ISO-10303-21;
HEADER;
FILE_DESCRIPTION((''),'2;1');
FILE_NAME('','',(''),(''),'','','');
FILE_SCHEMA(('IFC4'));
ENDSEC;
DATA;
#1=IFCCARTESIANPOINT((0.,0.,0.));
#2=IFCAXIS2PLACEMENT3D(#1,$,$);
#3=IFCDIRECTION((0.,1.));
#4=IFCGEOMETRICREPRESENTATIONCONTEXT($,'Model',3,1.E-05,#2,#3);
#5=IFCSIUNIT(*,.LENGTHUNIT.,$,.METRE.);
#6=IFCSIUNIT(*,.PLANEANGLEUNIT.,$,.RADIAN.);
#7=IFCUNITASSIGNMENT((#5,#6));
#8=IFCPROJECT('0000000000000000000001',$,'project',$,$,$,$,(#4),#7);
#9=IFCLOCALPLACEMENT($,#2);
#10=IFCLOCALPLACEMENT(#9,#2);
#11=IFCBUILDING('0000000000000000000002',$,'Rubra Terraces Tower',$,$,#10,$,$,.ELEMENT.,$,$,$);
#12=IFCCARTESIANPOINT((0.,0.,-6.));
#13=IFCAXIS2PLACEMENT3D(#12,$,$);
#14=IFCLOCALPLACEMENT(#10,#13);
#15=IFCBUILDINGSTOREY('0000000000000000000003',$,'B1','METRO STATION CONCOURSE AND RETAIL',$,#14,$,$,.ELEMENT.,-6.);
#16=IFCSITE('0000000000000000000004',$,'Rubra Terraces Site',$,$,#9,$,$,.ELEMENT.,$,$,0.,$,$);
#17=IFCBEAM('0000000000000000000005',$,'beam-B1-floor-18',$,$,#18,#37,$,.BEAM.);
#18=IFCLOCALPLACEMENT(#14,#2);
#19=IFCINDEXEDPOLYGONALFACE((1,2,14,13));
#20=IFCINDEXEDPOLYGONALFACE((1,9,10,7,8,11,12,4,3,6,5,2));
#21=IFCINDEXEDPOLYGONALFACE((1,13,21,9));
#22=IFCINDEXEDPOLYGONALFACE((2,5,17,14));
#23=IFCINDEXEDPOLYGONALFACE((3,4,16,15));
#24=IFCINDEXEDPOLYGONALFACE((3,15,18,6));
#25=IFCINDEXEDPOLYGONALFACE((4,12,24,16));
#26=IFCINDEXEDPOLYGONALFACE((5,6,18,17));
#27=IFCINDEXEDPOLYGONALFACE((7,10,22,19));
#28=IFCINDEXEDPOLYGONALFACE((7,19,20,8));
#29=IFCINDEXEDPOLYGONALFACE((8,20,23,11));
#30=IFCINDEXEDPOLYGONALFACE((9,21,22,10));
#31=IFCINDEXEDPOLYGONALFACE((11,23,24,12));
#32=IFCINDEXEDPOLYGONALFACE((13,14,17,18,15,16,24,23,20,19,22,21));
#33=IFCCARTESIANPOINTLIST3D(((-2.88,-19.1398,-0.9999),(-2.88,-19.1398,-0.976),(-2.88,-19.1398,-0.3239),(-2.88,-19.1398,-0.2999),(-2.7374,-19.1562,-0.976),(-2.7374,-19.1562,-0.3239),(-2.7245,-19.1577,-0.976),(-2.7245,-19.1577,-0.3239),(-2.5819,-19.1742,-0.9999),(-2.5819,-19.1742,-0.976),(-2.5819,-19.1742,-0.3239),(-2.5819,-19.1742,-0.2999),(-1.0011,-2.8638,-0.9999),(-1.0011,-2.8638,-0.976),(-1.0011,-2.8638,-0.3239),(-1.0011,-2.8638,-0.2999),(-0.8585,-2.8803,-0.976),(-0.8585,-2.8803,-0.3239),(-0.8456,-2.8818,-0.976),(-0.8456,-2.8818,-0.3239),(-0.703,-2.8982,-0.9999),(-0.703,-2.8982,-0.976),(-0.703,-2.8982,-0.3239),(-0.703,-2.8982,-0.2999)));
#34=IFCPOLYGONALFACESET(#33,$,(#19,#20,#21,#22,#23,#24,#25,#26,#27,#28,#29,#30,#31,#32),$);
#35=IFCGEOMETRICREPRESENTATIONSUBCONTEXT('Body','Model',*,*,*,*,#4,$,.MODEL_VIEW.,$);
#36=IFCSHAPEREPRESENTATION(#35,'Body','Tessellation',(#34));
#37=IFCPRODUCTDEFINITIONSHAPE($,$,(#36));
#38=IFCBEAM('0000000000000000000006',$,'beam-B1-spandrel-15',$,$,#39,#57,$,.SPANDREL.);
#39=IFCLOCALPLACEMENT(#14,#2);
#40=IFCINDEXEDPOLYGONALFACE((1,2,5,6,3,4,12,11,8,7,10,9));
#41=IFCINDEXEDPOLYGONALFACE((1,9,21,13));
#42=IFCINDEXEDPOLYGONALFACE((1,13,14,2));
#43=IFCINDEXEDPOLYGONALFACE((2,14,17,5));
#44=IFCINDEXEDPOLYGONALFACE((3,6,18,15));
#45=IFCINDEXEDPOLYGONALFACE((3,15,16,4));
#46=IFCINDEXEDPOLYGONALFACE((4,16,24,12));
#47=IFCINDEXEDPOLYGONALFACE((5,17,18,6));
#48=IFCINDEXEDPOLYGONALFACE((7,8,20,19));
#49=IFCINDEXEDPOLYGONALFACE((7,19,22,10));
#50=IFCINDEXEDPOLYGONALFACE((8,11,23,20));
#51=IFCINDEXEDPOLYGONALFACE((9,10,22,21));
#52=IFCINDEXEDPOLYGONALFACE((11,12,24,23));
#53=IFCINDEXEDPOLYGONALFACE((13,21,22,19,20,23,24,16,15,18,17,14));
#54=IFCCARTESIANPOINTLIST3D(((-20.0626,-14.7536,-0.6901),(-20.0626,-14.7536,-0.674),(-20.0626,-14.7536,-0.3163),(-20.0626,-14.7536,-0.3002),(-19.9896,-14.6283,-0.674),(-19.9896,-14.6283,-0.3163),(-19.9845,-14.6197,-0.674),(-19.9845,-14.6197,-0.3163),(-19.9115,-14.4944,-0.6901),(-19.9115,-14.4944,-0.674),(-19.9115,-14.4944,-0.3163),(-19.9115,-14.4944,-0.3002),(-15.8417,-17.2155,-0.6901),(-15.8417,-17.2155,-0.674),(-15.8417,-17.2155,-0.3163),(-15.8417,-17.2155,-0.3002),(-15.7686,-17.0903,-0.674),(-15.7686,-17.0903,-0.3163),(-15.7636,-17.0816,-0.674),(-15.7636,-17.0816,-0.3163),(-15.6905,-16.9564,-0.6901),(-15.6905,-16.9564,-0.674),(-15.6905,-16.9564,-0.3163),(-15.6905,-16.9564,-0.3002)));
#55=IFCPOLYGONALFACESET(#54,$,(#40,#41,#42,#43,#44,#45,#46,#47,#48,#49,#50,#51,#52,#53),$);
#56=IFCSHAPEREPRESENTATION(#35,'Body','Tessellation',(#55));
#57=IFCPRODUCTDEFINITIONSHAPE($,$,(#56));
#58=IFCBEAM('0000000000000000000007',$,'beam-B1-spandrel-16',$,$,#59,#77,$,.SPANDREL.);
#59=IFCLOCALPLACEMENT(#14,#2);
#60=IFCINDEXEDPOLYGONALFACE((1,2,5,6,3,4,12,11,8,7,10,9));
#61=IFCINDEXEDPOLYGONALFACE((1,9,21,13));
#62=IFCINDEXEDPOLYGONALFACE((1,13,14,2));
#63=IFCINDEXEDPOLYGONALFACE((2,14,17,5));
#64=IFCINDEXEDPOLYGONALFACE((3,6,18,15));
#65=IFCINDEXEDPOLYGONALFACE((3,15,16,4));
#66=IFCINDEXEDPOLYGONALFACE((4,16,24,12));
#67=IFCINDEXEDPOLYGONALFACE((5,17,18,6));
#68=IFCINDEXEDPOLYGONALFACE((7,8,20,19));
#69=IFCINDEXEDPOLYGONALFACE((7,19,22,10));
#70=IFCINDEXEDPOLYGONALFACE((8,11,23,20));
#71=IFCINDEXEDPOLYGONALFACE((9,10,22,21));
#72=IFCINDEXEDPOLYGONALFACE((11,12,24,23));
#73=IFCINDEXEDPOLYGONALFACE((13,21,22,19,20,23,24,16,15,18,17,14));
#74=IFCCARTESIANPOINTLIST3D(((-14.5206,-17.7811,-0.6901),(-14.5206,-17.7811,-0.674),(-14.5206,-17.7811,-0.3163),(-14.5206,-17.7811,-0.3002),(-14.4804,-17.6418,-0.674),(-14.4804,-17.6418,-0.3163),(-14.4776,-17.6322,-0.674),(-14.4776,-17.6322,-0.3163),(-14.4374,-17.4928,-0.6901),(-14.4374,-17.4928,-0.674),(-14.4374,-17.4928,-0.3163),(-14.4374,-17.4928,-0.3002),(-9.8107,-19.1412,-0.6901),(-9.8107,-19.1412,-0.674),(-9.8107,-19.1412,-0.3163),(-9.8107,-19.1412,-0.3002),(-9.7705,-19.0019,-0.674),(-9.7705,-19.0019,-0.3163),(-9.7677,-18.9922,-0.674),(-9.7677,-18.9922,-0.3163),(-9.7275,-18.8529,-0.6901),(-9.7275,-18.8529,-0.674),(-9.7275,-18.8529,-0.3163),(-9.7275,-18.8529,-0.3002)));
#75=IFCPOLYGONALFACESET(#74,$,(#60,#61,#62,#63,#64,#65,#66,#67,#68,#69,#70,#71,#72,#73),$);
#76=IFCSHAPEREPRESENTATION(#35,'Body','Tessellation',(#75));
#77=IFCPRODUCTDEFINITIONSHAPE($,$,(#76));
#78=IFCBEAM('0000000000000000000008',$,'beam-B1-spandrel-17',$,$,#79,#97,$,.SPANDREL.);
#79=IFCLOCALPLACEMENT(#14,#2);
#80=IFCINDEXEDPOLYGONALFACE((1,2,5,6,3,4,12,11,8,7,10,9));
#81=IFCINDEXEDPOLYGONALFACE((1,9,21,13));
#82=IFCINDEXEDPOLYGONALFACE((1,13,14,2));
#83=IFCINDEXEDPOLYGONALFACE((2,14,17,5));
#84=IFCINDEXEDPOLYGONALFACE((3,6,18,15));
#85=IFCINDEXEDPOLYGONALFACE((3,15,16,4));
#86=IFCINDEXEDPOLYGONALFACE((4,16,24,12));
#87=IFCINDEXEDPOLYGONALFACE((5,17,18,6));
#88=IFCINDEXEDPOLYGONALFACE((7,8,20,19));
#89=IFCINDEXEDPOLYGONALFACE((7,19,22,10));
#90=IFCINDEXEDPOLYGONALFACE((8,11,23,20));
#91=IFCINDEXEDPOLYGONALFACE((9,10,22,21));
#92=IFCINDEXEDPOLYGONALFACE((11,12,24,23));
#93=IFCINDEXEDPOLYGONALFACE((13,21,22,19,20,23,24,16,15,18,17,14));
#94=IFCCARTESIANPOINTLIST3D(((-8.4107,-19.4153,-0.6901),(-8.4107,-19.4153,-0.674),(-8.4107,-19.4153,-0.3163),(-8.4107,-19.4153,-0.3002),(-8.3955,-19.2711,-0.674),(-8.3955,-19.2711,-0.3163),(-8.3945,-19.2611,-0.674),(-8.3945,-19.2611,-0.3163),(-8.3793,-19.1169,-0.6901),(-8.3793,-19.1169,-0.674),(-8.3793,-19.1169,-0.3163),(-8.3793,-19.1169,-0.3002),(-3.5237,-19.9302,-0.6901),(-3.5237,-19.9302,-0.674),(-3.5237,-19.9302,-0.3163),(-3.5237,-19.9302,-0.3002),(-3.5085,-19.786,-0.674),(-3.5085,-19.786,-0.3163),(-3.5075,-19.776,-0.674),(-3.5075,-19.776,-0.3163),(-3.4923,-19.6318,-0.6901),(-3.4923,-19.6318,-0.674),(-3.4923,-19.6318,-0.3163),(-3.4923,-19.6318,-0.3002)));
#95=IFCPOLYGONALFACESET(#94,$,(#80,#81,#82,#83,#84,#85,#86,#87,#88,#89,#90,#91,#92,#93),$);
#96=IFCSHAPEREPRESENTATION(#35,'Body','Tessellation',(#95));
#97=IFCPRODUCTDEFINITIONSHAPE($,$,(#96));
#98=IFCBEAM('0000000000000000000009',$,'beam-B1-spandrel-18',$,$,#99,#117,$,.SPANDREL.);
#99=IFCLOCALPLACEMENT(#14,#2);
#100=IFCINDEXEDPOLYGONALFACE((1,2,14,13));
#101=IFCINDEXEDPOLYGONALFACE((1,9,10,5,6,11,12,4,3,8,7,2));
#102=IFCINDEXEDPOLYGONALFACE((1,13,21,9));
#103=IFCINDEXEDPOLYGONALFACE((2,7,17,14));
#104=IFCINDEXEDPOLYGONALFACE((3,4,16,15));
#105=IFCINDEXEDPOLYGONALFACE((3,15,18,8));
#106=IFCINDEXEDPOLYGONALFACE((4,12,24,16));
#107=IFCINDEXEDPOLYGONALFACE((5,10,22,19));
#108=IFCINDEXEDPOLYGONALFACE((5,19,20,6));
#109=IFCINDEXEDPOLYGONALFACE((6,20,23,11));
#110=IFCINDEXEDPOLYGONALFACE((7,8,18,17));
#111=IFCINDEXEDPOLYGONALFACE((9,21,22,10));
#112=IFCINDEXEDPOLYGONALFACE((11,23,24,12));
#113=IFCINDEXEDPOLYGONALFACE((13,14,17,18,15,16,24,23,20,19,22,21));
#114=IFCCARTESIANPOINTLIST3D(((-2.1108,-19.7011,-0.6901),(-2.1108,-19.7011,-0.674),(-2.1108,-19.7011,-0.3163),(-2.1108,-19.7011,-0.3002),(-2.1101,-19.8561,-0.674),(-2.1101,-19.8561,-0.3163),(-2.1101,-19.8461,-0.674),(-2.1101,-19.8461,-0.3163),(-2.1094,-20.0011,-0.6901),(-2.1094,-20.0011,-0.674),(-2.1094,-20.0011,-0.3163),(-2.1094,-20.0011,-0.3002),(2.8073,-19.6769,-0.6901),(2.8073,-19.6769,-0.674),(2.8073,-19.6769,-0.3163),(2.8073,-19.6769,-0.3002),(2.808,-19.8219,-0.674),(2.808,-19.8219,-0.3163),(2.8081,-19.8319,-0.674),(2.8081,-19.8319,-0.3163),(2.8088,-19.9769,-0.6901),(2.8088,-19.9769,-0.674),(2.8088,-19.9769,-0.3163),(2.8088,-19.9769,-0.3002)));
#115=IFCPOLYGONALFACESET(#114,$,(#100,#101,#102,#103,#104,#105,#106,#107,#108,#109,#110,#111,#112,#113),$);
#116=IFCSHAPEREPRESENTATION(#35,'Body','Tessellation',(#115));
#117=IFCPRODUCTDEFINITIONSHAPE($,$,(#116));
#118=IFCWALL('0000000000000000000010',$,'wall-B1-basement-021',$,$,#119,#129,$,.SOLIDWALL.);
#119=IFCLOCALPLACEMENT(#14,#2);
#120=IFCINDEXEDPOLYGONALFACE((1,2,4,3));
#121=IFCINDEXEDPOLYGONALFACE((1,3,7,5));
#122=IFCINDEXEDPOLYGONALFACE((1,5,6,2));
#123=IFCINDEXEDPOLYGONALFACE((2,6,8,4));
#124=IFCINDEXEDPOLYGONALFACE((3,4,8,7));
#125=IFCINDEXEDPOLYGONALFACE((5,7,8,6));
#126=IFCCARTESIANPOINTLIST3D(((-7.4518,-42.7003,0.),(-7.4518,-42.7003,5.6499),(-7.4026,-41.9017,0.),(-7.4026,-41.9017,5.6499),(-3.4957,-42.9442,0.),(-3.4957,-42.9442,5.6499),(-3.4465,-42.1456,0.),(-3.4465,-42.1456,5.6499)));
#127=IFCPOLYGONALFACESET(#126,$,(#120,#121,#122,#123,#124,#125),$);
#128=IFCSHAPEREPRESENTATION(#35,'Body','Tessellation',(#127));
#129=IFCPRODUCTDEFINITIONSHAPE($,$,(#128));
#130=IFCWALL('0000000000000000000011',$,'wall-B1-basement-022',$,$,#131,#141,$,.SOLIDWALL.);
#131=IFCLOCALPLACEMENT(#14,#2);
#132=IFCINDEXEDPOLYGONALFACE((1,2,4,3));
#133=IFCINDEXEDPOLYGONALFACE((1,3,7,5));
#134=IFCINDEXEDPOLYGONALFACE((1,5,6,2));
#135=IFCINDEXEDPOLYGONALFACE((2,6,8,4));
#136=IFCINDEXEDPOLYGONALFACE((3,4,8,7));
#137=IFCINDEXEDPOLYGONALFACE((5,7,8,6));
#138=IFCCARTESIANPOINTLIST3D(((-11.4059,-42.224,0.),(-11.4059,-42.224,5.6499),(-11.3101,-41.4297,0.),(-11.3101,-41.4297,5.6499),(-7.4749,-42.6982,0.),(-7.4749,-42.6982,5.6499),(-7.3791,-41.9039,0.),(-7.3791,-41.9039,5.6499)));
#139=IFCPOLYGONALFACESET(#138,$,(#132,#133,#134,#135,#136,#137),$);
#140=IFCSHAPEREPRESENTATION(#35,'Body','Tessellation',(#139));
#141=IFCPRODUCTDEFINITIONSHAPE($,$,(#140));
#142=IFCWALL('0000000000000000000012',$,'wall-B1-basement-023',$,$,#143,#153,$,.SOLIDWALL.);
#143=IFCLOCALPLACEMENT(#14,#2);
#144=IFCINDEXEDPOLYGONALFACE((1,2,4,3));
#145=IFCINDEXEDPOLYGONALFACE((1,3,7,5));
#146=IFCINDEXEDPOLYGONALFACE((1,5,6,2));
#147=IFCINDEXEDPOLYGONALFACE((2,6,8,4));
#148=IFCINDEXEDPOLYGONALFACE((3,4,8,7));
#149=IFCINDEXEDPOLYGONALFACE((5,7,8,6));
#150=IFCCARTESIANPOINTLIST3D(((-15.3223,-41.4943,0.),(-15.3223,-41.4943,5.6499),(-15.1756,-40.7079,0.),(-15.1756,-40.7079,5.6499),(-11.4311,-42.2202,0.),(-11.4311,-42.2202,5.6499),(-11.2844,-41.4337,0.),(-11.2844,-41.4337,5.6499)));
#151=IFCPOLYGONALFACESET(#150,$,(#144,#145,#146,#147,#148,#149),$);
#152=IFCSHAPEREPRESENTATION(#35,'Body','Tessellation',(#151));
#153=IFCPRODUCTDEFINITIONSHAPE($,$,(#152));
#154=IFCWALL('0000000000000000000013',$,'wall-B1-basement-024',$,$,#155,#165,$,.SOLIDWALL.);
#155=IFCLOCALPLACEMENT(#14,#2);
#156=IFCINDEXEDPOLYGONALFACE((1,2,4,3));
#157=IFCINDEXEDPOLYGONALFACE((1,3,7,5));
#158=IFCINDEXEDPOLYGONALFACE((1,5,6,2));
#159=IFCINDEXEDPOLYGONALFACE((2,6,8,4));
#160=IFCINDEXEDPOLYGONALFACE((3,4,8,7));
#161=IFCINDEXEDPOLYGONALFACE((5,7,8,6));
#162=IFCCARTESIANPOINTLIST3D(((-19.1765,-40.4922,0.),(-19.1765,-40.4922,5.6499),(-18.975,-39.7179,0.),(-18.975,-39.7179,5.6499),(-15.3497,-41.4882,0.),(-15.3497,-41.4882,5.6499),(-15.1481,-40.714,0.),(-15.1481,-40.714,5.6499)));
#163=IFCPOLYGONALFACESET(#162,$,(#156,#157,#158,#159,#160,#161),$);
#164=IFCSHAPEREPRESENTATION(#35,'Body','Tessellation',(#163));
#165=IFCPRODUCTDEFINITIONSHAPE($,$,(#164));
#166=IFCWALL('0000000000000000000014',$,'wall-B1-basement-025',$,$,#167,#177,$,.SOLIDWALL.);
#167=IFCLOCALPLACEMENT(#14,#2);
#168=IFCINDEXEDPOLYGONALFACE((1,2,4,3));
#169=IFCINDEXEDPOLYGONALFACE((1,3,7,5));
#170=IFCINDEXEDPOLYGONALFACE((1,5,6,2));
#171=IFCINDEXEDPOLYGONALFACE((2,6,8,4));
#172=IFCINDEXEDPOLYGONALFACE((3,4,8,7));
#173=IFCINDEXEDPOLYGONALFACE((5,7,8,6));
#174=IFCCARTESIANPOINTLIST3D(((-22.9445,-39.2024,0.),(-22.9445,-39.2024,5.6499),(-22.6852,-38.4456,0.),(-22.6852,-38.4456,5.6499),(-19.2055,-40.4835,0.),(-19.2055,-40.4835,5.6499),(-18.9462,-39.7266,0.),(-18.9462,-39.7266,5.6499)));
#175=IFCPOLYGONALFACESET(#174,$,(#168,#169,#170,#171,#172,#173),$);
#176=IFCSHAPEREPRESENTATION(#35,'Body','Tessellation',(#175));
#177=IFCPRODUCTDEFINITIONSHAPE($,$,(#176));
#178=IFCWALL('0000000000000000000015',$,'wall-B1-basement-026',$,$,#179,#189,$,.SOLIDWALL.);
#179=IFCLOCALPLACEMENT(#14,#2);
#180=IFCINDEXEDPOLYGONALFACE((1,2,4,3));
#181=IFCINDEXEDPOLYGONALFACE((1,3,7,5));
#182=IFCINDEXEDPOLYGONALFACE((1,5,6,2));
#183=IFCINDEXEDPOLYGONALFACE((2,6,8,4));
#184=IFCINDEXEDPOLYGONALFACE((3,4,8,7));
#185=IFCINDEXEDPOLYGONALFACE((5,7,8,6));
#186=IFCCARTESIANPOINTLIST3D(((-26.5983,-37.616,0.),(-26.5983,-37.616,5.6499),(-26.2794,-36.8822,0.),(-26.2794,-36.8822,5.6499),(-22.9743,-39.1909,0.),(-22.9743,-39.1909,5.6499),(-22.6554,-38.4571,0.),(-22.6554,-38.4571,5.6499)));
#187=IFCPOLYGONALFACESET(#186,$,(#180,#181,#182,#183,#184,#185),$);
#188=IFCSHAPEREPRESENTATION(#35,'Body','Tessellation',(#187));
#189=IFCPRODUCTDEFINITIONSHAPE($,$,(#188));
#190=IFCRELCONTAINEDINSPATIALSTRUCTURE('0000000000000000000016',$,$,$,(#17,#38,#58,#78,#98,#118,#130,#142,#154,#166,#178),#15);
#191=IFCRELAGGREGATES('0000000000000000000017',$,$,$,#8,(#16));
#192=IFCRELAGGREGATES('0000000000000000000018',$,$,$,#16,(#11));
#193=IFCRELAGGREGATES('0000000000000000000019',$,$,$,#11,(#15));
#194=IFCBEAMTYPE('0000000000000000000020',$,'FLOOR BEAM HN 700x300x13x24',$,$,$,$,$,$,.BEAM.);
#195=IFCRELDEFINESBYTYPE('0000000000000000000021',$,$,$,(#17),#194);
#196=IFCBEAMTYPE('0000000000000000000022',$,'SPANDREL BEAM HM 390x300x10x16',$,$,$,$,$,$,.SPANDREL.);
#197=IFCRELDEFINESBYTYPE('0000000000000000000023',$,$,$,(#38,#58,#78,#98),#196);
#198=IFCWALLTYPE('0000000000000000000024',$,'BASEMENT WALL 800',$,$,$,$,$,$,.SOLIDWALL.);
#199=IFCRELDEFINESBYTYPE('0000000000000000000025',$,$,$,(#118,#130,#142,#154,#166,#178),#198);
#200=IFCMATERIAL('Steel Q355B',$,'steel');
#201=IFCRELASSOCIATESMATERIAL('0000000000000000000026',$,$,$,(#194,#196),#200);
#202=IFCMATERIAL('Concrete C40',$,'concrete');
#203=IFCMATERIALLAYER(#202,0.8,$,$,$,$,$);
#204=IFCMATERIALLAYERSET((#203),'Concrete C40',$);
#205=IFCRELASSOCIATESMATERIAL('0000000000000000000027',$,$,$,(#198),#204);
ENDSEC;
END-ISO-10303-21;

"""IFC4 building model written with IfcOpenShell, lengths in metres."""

from ifc_helpers import new_model, si_unit, direction, frame, frame_2d, origin, origin_2d, place, context, subcontext, project, spatial, rectangle, i_section, extrude, material, layer, layer_set, material_profile, profile_set, type_object, element, save


model = new_model("IFC4")

# Units and contexts
model_context = context("Model", 3, precision=1e-05, world=origin(), true_north=direction((0.0, 1.0)))
body_context = subcontext(model_context, "Body", "Model", "MODEL_VIEW")
ifc_project = project(units=[si_unit("LENGTHUNIT", "METRE"), si_unit("PLANEANGLEUNIT", "RADIAN")], contexts=[model_context])

# Site, building, storey
site_placement = place(None, origin())
site = spatial("IfcSite", under=ifc_project, at=site_placement, Name="Rubra Terraces Site", CompositionType="ELEMENT", RefElevation=0.0)
building_placement = place(site_placement, origin())
building = spatial("IfcBuilding", under=site, at=building_placement, Name="Rubra Terraces Tower", CompositionType="ELEMENT")
storey_placement = place(building_placement, frame((0.0, 0.0, -6.0)))
storey = spatial("IfcBuildingStorey", under=building, at=storey_placement, Name="B1", Description="METRO STATION CONCOURSE AND RETAIL", CompositionType="ELEMENT", Elevation=-6.0)

# Beams
ifc_material_1 = material(Name="Steel Q355B", Category="steel")
ifc_material_profile_1 = material_profile(ifc_material_1, i_section(OverallWidth=0.3, OverallDepth=0.7, WebThickness=0.0129, FlangeThickness=0.0239, at=origin_2d()), Name="HN 700x300x13x24")
ifc_profile_set_1 = profile_set([ifc_material_profile_1], Name="Steel Q355B")
beam_type_1 = type_object("IfcBeamType", Name="FLOOR BEAM HN 700x300x13x24", PredefinedType="BEAM", material=ifc_profile_set_1)
beam_1_placement = place(storey_placement, frame((-2.731, -19.157, -0.6499), z_axis=(0.11468, 0.993403, 0.0), x_axis=(-0.993403, 0.11468, 0.0)))
element("IfcBeam", 1, at=beam_1_placement, inside=storey, type_object=beam_type_1, Name="beam-B1-floor-18", PredefinedType="BEAM", context=body_context, shape_type="SweptSolid", body=[
    extrude(i_section(OverallWidth=0.3, OverallDepth=0.7, WebThickness=0.0129, FlangeThickness=0.0239, at=origin_2d()), origin(), (0.0, 0.0, 1.0), 16.384),
])
ifc_material_profile_2 = material_profile(ifc_material_1, i_section(OverallWidth=0.3, OverallDepth=0.3899, WebThickness=0.01, FlangeThickness=0.0161, at=origin_2d()), Name="HM 390x300x10x16")
ifc_profile_set_2 = profile_set([ifc_material_profile_2], Name="Steel Q355B")
beam_type_2 = type_object("IfcBeamType", Name="SPANDREL BEAM HM 390x300x10x16", PredefinedType="SPANDREL", material=ifc_profile_set_2)
beam_2_placement = place(storey_placement, frame((-19.9871, -14.624, -0.4951), z_axis=(0.863806, -0.503824, 0.0), x_axis=(0.503824, 0.863806, 0.0)))
element("IfcBeam", 2, at=beam_2_placement, inside=storey, type_object=beam_type_2, Name="beam-B1-spandrel-15", PredefinedType="SPANDREL", context=body_context, shape_type="SweptSolid", body=[
    extrude(i_section(OverallWidth=0.3, OverallDepth=0.3899, WebThickness=0.01, FlangeThickness=0.0161, at=origin_2d()), origin(), (0.0, 0.0, 1.0), 4.8865),
])
beam_3_placement = place(storey_placement, frame((-14.479, -17.637, -0.4951), z_axis=(0.960744, -0.277436, 0.0), x_axis=(0.277436, 0.960744, 0.0)))
element("IfcBeam", 3, at=beam_3_placement, inside=storey, type_object=beam_type_2, Name="beam-B1-spandrel-16", PredefinedType="SPANDREL", context=body_context, shape_type="SweptSolid", body=[
    extrude(i_section(OverallWidth=0.3, OverallDepth=0.3899, WebThickness=0.01, FlangeThickness=0.0161, at=origin_2d()), origin(), (0.0, 0.0, 1.0), 4.9023),
])
beam_4_placement = place(storey_placement, frame((-8.395, -19.2661, -0.4951), z_axis=(0.994495, -0.10478, 0.0), x_axis=(0.10478, 0.994495, 0.0)))
element("IfcBeam", 4, at=beam_4_placement, inside=storey, type_object=beam_type_2, Name="beam-B1-spandrel-17", PredefinedType="SPANDREL", context=body_context, shape_type="SweptSolid", body=[
    extrude(i_section(OverallWidth=0.3, OverallDepth=0.3899, WebThickness=0.01, FlangeThickness=0.0161, at=origin_2d()), origin(), (0.0, 0.0, 1.0), 4.9141),
])
beam_5_placement = place(storey_placement, frame((-2.1101, -19.8511, -0.4951), z_axis=(0.999988, 0.004914, 0.0), x_axis=(-0.004914, 0.999988, 0.0)))
element("IfcBeam", 5, at=beam_5_placement, inside=storey, type_object=beam_type_2, Name="beam-B1-spandrel-18", PredefinedType="SPANDREL", context=body_context, shape_type="SweptSolid", body=[
    extrude(i_section(OverallWidth=0.3, OverallDepth=0.3899, WebThickness=0.01, FlangeThickness=0.0161, at=origin_2d()), origin(), (0.0, 0.0, 1.0), 4.9182),
])

# Walls
ifc_material_2 = material(Name="Concrete C40", Category="concrete")
ifc_layer_1 = layer(ifc_material_2, 0.8)
ifc_layer_set_1 = layer_set([ifc_layer_1], Name="Concrete C40")
wall_type_1 = type_object("IfcWallType", Name="BASEMENT WALL 800", PredefinedType="SOLIDWALL", material=ifc_layer_set_1)
wall_1_placement = place(storey_placement, frame((-3.4709, -42.5449, 0.0), z_axis=(0.0, 0.0, 1.0), x_axis=(-0.998105, 0.061535, 0.0)))
element("IfcWall", 6, at=wall_1_placement, inside=storey, type_object=wall_type_1, Name="wall-B1-basement-021", PredefinedType="SOLIDWALL", context=body_context, shape_type="SweptSolid", body=[
    extrude(rectangle(XDim=3.9636, YDim=0.8, at=frame_2d((1.9819, 0.0))), origin(), (0.0, 0.0, 1.0), 5.6499),
])
wall_2_placement = place(storey_placement, frame((-7.427, -42.301, 0.0), z_axis=(0.0, 0.0, 1.0), x_axis=(-0.992805, 0.119746, 0.0)))
element("IfcWall", 7, at=wall_2_placement, inside=storey, type_object=wall_type_1, Name="wall-B1-basement-022", PredefinedType="SOLIDWALL", context=body_context, shape_type="SweptSolid", body=[
    extrude(rectangle(XDim=3.9595, YDim=0.8, at=frame_2d((1.9797, 0.0))), origin(), (0.0, 0.0, 1.0), 5.6499),
])
wall_3_placement = place(storey_placement, frame((-11.3579, -41.8269, 0.0), z_axis=(0.0, 0.0, 1.0), x_axis=(-0.983044, 0.183372, 0.0)))
element("IfcWall", 8, at=wall_3_placement, inside=storey, type_object=wall_type_1, Name="wall-B1-basement-023", PredefinedType="SOLIDWALL", context=body_context, shape_type="SweptSolid", body=[
    extrude(rectangle(XDim=3.9583, YDim=0.8, at=frame_2d((1.979, 0.0))), origin(), (0.0, 0.0, 1.0), 5.6499),
])
wall_4_placement = place(storey_placement, frame((-15.249, -41.1011, 0.0), z_axis=(0.0, 0.0, 1.0), x_axis=(-0.967755, 0.251894, 0.0)))
element("IfcWall", 9, at=wall_4_placement, inside=storey, type_object=wall_type_1, Name="wall-B1-basement-024", PredefinedType="SOLIDWALL", context=body_context, shape_type="SweptSolid", body=[
    extrude(rectangle(XDim=3.9543, YDim=0.8, at=frame_2d((1.9771, 0.0))), origin(), (0.0, 0.0, 1.0), 5.6499),
])
wall_5_placement = place(storey_placement, frame((-19.0759, -40.105, 0.0), z_axis=(0.0, 0.0, 1.0), x_axis=(-0.946019, 0.324111, 0.0)))
element("IfcWall", 10, at=wall_5_placement, inside=storey, type_object=wall_type_1, Name="wall-B1-basement-025", PredefinedType="SOLIDWALL", context=body_context, shape_type="SweptSolid", body=[
    extrude(rectangle(XDim=3.9524, YDim=0.8, at=frame_2d((1.9761, 0.0))), origin(), (0.0, 0.0, 1.0), 5.6499),
])
wall_6_placement = place(storey_placement, frame((-22.8149, -38.824, 0.0), z_axis=(0.0, 0.0, 1.0), x_axis=(-0.917136, 0.398575, 0.0)))
element("IfcWall", 11, at=wall_6_placement, inside=storey, type_object=wall_type_1, Name="wall-B1-basement-026", PredefinedType="SOLIDWALL", context=body_context, shape_type="SweptSolid", body=[
    extrude(rectangle(XDim=3.9514, YDim=0.8, at=frame_2d((1.9756, 0.0))), origin(), (0.0, 0.0, 1.0), 5.6499),
])

save(model, "model.ifc")
